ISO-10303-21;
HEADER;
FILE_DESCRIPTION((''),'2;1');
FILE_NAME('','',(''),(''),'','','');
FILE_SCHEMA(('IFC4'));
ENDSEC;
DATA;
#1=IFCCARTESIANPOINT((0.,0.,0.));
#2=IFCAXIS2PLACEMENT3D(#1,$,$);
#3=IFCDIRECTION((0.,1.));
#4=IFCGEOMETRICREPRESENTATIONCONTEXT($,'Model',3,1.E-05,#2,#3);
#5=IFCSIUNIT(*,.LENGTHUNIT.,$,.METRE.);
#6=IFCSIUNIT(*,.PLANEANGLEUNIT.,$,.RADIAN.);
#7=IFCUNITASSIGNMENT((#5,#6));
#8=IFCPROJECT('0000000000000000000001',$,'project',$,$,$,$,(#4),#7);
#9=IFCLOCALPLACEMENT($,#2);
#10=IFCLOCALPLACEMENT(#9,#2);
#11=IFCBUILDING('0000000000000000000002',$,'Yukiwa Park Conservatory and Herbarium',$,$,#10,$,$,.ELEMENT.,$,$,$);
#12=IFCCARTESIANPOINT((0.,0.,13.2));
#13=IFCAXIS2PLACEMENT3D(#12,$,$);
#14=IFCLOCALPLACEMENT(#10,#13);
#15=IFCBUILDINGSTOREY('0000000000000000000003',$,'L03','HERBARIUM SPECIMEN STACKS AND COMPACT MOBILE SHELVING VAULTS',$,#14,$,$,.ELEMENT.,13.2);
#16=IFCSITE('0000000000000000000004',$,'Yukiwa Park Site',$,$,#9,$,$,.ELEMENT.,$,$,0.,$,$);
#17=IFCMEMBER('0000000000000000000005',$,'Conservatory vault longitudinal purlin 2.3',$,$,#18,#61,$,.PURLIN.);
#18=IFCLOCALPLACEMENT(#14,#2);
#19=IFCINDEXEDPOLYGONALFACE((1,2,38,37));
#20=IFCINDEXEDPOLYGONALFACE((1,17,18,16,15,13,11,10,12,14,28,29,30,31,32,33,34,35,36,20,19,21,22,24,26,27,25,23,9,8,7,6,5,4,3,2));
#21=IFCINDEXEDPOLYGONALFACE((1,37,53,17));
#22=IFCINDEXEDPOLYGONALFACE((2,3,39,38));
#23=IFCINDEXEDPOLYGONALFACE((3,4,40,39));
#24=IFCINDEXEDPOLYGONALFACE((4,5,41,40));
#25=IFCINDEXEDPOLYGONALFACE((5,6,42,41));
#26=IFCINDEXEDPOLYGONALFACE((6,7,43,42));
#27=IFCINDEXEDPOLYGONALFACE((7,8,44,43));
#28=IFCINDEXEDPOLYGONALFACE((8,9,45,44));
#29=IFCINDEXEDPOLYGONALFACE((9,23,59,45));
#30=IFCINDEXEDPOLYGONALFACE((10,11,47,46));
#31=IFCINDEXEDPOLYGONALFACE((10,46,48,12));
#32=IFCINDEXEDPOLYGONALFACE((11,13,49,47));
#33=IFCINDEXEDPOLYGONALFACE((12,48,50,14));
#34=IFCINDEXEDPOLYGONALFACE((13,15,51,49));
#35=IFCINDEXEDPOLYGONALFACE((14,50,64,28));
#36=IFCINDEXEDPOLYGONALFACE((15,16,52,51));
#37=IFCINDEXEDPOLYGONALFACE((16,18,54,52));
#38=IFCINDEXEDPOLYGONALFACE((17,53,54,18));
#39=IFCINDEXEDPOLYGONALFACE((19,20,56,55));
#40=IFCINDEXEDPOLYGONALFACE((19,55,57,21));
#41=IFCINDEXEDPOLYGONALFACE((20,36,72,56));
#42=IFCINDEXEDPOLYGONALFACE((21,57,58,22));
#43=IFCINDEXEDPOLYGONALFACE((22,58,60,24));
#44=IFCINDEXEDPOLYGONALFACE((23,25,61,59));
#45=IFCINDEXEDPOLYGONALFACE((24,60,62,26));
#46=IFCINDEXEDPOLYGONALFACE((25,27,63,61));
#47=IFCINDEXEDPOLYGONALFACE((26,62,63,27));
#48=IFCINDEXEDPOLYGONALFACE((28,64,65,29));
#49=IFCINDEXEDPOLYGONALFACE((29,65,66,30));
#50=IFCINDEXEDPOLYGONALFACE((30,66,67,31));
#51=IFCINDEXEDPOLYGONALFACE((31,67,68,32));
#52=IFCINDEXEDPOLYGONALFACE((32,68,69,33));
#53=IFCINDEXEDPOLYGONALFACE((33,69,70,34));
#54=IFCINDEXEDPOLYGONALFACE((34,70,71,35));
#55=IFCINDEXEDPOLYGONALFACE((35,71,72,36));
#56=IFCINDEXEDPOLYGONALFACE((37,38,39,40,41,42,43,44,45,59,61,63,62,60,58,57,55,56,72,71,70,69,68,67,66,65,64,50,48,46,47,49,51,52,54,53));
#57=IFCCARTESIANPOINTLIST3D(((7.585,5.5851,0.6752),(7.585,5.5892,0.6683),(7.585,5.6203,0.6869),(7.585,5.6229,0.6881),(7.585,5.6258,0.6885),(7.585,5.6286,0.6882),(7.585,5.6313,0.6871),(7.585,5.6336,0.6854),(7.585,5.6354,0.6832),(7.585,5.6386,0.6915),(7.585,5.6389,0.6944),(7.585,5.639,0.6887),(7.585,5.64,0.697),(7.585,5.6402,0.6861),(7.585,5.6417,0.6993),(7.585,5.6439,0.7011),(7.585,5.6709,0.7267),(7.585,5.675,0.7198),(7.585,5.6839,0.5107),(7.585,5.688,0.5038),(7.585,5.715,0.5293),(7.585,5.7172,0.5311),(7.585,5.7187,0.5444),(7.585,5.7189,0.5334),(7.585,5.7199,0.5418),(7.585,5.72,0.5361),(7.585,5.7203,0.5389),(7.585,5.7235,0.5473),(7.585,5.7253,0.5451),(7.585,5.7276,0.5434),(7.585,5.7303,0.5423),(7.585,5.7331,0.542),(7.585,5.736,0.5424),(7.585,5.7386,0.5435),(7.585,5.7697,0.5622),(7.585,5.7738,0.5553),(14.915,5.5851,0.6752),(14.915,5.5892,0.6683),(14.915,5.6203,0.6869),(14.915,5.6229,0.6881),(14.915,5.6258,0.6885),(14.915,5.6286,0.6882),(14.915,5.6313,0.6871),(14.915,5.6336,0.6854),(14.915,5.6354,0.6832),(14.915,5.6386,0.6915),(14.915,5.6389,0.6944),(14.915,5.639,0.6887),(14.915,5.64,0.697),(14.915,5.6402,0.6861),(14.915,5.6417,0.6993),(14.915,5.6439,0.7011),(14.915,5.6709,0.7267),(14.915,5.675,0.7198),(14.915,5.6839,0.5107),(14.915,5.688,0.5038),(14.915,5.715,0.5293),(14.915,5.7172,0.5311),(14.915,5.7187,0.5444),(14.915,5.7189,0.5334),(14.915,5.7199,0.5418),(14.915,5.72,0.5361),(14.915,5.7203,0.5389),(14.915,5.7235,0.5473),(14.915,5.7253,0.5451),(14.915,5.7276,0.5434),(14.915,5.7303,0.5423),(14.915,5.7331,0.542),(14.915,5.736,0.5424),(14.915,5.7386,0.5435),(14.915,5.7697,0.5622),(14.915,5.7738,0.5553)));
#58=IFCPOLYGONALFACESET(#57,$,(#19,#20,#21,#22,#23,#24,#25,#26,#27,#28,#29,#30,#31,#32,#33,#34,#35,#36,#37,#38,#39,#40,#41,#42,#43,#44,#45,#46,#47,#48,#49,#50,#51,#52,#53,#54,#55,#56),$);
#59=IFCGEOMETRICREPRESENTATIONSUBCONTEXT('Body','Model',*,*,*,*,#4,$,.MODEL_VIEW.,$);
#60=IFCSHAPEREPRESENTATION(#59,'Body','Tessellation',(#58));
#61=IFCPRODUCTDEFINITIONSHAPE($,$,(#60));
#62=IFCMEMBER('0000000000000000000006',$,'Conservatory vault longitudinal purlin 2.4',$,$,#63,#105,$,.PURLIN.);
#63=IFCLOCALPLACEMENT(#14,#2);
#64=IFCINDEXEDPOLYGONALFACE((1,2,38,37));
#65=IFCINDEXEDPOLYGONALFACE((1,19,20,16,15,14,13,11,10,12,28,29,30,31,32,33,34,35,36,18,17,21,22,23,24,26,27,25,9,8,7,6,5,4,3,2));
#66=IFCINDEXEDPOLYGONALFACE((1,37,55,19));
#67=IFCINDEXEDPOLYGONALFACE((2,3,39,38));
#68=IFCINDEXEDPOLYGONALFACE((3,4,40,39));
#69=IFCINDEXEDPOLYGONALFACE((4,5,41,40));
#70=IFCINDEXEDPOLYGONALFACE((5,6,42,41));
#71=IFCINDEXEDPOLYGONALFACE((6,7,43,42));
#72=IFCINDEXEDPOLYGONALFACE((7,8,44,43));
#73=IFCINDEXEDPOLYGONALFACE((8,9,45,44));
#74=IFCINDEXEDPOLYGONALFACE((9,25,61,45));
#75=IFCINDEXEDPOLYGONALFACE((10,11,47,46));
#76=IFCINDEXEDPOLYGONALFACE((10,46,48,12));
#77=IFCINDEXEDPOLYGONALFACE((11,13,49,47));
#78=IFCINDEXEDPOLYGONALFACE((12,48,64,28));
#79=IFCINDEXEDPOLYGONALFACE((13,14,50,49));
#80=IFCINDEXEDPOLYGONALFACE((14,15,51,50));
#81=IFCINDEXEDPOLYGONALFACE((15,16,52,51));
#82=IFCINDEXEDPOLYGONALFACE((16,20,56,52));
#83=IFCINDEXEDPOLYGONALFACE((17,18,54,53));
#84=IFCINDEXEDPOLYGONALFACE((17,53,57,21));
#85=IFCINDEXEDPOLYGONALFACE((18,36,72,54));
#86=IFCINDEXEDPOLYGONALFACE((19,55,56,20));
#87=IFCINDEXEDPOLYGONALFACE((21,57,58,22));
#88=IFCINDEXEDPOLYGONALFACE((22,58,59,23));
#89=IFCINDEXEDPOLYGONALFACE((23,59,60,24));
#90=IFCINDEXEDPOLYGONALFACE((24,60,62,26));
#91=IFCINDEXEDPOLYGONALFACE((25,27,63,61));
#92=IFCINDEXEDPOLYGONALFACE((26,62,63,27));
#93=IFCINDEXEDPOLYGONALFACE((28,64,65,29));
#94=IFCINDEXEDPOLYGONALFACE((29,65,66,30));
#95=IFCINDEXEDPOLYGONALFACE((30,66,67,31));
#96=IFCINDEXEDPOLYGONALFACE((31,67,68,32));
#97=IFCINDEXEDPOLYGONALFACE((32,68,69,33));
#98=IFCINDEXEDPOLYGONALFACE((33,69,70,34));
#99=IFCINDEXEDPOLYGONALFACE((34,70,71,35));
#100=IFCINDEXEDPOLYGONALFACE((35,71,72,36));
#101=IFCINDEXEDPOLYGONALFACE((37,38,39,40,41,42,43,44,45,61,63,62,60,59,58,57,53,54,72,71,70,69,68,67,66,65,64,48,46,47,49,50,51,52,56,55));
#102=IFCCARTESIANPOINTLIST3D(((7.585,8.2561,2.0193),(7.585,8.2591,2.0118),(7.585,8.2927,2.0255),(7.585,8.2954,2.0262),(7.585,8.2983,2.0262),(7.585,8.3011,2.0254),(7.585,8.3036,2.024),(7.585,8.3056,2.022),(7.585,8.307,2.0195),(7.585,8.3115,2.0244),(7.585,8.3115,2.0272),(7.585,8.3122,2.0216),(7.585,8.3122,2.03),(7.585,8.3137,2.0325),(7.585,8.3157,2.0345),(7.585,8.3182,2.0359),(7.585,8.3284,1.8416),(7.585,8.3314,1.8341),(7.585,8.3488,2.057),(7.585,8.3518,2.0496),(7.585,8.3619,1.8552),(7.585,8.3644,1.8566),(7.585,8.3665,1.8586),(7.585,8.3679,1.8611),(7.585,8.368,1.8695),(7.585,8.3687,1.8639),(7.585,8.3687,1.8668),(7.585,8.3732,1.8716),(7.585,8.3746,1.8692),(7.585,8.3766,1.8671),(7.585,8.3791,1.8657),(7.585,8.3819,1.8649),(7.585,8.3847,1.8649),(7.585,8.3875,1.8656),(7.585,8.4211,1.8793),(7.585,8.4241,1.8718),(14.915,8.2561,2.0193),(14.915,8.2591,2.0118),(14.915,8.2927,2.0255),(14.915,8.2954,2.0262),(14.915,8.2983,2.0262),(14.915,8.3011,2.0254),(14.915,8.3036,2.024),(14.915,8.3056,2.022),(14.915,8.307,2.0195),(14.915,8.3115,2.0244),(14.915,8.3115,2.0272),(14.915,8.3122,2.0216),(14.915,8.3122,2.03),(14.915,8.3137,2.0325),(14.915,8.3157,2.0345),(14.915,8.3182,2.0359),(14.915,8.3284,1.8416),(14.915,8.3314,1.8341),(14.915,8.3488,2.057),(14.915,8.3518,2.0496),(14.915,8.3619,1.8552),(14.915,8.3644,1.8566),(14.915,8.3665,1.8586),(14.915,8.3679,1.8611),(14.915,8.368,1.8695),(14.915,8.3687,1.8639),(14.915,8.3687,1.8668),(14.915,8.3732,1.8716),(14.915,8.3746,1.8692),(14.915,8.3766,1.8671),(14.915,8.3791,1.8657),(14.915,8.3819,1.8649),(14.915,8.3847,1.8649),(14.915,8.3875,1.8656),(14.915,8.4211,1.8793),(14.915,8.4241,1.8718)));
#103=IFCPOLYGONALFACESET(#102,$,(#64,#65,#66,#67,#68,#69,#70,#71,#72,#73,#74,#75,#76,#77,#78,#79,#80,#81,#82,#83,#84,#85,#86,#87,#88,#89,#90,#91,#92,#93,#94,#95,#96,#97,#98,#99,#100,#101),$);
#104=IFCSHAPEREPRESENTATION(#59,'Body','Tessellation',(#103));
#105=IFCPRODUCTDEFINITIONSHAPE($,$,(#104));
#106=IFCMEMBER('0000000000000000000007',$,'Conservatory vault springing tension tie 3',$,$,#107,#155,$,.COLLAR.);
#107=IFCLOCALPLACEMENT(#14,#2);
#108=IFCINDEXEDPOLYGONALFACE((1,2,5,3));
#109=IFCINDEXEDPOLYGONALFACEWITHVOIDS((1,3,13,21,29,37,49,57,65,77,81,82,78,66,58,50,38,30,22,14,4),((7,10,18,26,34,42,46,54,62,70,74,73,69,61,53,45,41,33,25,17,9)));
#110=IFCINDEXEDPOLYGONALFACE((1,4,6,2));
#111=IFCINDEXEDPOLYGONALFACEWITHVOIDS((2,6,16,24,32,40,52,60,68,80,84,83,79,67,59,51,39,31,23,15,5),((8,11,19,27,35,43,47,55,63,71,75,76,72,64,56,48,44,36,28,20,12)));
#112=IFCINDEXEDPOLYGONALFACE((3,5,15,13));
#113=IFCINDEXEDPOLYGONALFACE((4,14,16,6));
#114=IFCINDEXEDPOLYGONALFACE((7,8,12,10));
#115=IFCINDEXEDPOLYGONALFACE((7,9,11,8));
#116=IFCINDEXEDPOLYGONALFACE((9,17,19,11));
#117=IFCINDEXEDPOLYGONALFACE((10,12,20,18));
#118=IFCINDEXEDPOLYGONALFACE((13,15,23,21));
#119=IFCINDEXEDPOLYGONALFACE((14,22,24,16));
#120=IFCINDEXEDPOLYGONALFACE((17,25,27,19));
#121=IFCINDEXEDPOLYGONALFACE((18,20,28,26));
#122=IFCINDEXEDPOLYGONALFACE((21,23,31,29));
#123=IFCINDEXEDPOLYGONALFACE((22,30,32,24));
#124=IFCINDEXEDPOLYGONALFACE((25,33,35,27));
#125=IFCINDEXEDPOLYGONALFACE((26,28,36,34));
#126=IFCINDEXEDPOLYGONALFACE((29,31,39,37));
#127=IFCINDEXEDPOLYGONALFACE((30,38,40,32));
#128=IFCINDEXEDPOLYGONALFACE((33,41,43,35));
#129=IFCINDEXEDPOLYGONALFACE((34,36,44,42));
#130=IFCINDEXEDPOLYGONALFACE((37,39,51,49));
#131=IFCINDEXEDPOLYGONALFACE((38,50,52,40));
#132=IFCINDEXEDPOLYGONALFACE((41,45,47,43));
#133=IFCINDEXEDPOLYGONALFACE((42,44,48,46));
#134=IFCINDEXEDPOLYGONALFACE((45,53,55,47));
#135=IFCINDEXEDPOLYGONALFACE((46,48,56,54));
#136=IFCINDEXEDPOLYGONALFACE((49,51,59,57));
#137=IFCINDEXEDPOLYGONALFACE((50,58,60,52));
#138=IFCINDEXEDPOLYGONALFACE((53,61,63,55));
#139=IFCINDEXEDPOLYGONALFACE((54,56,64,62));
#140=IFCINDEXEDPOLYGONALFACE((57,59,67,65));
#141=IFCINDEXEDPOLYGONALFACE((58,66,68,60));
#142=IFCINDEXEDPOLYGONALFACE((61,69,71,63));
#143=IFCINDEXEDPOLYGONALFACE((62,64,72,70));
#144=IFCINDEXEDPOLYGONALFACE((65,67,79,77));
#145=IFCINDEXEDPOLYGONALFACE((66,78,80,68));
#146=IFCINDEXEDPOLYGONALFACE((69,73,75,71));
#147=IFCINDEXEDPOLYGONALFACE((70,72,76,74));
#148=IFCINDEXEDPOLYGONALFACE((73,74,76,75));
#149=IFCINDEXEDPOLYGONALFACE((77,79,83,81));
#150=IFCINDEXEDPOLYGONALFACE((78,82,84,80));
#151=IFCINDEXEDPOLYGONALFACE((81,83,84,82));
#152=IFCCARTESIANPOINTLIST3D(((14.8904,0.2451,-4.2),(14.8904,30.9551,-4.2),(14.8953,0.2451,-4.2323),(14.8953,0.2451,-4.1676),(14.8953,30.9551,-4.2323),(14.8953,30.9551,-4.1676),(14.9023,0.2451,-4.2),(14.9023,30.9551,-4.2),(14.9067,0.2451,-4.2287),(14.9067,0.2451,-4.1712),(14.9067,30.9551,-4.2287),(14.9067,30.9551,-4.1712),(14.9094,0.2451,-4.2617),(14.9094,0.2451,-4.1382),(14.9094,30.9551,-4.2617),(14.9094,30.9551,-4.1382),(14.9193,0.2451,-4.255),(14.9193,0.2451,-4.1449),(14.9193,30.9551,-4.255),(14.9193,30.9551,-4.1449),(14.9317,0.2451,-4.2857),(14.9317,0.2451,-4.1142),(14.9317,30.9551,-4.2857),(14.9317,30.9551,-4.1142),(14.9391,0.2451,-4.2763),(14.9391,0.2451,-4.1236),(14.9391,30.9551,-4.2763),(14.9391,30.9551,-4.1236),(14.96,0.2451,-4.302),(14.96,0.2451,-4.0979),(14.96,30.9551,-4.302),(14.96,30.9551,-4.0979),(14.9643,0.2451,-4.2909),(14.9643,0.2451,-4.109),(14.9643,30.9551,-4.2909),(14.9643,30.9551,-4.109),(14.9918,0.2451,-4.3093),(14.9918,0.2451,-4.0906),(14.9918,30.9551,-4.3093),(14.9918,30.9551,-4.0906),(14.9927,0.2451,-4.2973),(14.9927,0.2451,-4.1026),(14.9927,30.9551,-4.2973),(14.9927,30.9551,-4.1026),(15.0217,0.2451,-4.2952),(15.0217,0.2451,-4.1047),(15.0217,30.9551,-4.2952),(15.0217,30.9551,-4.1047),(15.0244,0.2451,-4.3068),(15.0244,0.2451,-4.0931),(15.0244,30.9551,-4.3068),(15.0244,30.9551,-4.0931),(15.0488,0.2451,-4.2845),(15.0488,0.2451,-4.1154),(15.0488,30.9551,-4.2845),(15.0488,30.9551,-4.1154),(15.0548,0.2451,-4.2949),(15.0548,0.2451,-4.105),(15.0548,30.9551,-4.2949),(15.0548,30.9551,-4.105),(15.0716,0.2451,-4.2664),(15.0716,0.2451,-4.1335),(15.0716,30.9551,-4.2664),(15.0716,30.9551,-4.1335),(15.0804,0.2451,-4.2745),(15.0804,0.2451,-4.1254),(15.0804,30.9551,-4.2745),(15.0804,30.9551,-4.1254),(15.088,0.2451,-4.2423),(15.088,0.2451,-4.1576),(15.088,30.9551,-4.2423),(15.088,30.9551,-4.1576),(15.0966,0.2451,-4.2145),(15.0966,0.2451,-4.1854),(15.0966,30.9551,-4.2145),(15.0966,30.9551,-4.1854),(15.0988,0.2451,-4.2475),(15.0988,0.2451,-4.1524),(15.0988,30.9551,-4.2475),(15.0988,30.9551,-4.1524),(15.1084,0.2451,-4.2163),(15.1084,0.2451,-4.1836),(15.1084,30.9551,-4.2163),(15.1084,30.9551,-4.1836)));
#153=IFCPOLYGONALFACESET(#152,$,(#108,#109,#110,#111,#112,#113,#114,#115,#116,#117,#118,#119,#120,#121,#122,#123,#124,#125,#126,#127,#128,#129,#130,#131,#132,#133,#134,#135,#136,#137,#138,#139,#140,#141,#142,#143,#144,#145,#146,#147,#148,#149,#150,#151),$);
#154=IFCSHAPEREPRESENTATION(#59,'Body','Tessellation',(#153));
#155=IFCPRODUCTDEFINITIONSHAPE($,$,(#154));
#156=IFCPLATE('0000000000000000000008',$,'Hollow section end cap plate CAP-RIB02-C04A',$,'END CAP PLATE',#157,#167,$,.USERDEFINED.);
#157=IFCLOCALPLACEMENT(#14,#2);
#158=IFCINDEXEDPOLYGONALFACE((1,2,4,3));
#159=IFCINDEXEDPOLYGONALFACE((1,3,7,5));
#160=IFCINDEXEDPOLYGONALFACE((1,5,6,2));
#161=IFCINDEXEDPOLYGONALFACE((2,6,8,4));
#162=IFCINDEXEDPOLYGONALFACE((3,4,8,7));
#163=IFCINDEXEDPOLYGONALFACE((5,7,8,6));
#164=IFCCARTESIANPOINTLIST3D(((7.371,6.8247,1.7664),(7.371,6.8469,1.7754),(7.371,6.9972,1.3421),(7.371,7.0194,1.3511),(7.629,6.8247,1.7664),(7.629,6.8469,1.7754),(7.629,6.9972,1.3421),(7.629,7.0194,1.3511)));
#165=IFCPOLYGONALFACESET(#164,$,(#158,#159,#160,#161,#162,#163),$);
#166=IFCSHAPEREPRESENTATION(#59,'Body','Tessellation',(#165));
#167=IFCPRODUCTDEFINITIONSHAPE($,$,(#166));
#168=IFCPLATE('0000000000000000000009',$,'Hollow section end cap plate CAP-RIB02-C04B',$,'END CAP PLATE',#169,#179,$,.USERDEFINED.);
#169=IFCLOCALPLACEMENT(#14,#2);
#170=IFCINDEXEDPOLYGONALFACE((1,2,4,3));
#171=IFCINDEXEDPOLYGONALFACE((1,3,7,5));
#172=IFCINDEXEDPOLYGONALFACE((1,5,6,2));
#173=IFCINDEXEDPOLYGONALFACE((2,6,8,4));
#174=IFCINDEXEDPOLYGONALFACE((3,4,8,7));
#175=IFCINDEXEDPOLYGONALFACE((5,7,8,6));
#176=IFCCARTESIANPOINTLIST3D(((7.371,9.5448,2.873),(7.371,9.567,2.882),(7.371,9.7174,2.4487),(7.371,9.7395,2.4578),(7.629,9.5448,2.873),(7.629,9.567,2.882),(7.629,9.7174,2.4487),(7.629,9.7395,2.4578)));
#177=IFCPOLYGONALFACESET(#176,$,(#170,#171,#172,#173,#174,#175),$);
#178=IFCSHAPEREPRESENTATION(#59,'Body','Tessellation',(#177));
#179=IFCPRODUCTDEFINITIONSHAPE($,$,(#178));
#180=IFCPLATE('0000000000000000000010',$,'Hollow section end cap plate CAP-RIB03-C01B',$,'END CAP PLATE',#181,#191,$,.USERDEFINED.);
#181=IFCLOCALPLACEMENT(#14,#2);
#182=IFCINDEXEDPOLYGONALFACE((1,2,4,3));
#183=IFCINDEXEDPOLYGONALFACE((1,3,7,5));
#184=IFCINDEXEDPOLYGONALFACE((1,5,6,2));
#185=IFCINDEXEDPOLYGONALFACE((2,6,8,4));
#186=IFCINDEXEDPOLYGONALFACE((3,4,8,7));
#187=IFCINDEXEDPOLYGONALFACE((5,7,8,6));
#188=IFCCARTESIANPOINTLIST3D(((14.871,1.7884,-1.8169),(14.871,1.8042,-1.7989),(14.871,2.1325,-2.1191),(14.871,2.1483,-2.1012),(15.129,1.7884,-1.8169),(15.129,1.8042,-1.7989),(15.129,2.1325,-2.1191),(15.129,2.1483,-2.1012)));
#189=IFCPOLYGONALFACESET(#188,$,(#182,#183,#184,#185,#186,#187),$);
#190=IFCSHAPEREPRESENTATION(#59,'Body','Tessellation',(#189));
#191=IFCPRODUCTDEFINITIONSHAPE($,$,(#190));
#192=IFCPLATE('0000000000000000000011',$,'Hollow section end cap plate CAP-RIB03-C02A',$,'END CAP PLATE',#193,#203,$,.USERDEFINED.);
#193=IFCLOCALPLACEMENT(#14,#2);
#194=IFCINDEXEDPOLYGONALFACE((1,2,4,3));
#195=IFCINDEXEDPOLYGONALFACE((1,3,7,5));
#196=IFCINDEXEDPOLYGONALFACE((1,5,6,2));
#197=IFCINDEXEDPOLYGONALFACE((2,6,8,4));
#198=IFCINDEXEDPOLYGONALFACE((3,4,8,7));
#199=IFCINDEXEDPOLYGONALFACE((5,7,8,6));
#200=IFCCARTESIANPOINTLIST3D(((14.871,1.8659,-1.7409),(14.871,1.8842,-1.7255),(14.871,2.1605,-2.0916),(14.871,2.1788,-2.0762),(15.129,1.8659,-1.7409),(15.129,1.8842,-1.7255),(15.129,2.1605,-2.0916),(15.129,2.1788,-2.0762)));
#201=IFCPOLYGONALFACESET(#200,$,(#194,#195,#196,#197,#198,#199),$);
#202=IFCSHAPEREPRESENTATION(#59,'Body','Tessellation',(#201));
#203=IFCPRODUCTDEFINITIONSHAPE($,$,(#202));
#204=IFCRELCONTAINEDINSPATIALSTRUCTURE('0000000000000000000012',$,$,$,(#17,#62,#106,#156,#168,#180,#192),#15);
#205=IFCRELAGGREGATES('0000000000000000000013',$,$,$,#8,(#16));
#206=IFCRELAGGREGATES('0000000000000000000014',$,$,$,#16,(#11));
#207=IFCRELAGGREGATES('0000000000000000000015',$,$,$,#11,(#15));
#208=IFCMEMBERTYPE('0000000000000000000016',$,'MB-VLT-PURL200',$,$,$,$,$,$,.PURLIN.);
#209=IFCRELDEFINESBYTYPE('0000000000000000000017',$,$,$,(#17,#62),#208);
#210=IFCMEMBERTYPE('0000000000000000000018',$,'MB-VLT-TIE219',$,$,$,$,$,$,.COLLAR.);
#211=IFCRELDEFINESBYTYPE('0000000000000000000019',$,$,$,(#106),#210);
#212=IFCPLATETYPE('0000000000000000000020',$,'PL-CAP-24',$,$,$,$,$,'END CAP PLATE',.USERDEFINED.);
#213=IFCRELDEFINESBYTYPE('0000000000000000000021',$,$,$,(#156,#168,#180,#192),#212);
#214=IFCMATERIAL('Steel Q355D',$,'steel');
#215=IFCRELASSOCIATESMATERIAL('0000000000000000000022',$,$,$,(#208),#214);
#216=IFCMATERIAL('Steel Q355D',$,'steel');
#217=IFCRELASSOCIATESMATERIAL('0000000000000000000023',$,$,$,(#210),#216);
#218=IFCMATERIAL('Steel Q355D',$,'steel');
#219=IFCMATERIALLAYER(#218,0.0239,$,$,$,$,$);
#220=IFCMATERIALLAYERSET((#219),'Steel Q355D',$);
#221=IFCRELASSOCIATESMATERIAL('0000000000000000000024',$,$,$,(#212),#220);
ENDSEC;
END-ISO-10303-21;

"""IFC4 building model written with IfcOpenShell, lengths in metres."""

from ifc_helpers import new_model, si_unit, direction, frame, origin, origin_2d, place, context, subcontext, project, spatial, rectangle, hollow_circle, i_section, extrude, material, layer, layer_set, material_profile, profile_set, type_object, element, save


model = new_model("IFC4")

# Units and contexts
model_context = context("Model", 3, precision=1e-05, world=origin(), true_north=direction((0.0, 1.0)))
body_context = subcontext(model_context, "Body", "Model", "MODEL_VIEW")
ifc_project = project(units=[si_unit("LENGTHUNIT", "METRE"), si_unit("PLANEANGLEUNIT", "RADIAN")], contexts=[model_context])

# Site, building, storey
site_placement = place(None, origin())
site = spatial("IfcSite", under=ifc_project, at=site_placement, Name="Yukiwa Park Site", CompositionType="ELEMENT", RefElevation=0.0)
building_placement = place(site_placement, origin())
building = spatial("IfcBuilding", under=site, at=building_placement, Name="Yukiwa Park Conservatory and Herbarium", CompositionType="ELEMENT")
storey_placement = place(building_placement, frame((0.0, 0.0, 13.2)))
storey = spatial("IfcBuildingStorey", under=building, at=storey_placement, Name="L03", Description="HERBARIUM SPECIMEN STACKS AND COMPACT MOBILE SHELVING VAULTS", CompositionType="ELEMENT", Elevation=13.2)

# Members
ifc_material_1 = material(Name="Steel Q355D", Category="steel")
ifc_material_profile_1 = material_profile(ifc_material_1, i_section(OverallWidth=0.1001, OverallDepth=0.2, WebThickness=0.0056, FlangeThickness=0.0081, FilletRadius=0.011, at=origin_2d()), Name="HN 200x100x5.5x8")
ifc_profile_set_1 = profile_set([ifc_material_profile_1], Name="Steel Q355D")
member_type_1 = type_object("IfcMemberType", Name="MB-VLT-PURL200", PredefinedType="PURLIN", material=ifc_profile_set_1)
for number, where, z_axis, x_axis, name in (
    (1, (7.585, 5.6794, 0.6152), (1.0, 0.0, 0.0), (0.0, 0.857234, 0.514927), "Conservatory vault longitudinal purlin 2.3"),
    (2, (7.585, 8.3401, 1.9456), (1.0, 0.0, 0.0), (0.0, 0.926282, 0.376831), "Conservatory vault longitudinal purlin 2.4"),
):
    element("IfcMember", number, at=place(storey_placement, frame(where, z_axis=z_axis, x_axis=x_axis)), inside=storey, type_object=member_type_1, Name=name, PredefinedType="PURLIN", context=body_context, shape_type="SweptSolid", body=[
        extrude(i_section(OverallWidth=0.1001, OverallDepth=0.2, WebThickness=0.0056, FlangeThickness=0.0081, FilletRadius=0.011, at=origin_2d()), origin(), (0.0, 0.0, 1.0), 7.3301),
    ])
ifc_material_2 = material(Name="Steel Q355D", Category="steel")
ifc_material_profile_2 = material_profile(ifc_material_2, hollow_circle(Radius=0.1096, WallThickness=0.012, at=origin_2d()), Name="CHS 219.1x12")
ifc_profile_set_2 = profile_set([ifc_material_profile_2], Name="Steel Q355D")
member_type_2 = type_object("IfcMemberType", Name="MB-VLT-TIE219", PredefinedType="COLLAR", material=ifc_profile_set_2)
member_placement = place(storey_placement, frame((15.0, 0.2451, -4.2), z_axis=(0.0, 1.0, 0.0), x_axis=(-1.0, 0.0, 0.0)))
element("IfcMember", 3, at=member_placement, inside=storey, type_object=member_type_2, Name="Conservatory vault springing tension tie 3", PredefinedType="COLLAR", context=body_context, shape_type="SweptSolid", body=[
    extrude(hollow_circle(Radius=0.1096, WallThickness=0.012, at=origin_2d()), origin(), (0.0, 0.0, 1.0), 30.71),
])

# Plates
ifc_material_3 = material(Name="Steel Q355D", Category="steel")
ifc_layer_1 = layer(ifc_material_3, 0.0239)
ifc_layer_set_1 = layer_set([ifc_layer_1], Name="Steel Q355D")
plate_type_1 = type_object("IfcPlateType", Name="PL-CAP-24", ElementType="END CAP PLATE", PredefinedType="USERDEFINED", material=ifc_layer_set_1)
for number, where, z_axis, x_axis, name in (
    (4, (7.5, 6.9331, 1.5632), (0.0, -0.926356, -0.37665), (1.0, 0.0, 0.0), "Hollow section end cap plate CAP-RIB02-C04A"),
    (5, (7.5, 9.6311, 2.6609), (0.0, 0.926356, 0.37665), (-1.0, 0.0, 0.0), "Hollow section end cap plate CAP-RIB02-C04B"),
    (6, (15.0, 1.9604, -1.968), (0.0, 0.659941, 0.751317), (-1.0, 0.0, 0.0), "Hollow section end cap plate CAP-RIB03-C01B"),
    (7, (15.0, 2.0315, -1.9009), (0.0, -0.765705, -0.643192), (1.0, 0.0, 0.0), "Hollow section end cap plate CAP-RIB03-C02A"),
):
    element("IfcPlate", number, at=place(storey_placement, frame(where, z_axis=z_axis, x_axis=x_axis)), inside=storey, type_object=plate_type_1, Name=name, ObjectType="END CAP PLATE", PredefinedType="USERDEFINED", context=body_context, shape_type="SweptSolid", body=[
        extrude(rectangle(XDim=0.2581, YDim=0.458, at=origin_2d()), origin(), (0.0, 0.0, 1.0), 0.0239),
    ])

save(model, "model.ifc")
